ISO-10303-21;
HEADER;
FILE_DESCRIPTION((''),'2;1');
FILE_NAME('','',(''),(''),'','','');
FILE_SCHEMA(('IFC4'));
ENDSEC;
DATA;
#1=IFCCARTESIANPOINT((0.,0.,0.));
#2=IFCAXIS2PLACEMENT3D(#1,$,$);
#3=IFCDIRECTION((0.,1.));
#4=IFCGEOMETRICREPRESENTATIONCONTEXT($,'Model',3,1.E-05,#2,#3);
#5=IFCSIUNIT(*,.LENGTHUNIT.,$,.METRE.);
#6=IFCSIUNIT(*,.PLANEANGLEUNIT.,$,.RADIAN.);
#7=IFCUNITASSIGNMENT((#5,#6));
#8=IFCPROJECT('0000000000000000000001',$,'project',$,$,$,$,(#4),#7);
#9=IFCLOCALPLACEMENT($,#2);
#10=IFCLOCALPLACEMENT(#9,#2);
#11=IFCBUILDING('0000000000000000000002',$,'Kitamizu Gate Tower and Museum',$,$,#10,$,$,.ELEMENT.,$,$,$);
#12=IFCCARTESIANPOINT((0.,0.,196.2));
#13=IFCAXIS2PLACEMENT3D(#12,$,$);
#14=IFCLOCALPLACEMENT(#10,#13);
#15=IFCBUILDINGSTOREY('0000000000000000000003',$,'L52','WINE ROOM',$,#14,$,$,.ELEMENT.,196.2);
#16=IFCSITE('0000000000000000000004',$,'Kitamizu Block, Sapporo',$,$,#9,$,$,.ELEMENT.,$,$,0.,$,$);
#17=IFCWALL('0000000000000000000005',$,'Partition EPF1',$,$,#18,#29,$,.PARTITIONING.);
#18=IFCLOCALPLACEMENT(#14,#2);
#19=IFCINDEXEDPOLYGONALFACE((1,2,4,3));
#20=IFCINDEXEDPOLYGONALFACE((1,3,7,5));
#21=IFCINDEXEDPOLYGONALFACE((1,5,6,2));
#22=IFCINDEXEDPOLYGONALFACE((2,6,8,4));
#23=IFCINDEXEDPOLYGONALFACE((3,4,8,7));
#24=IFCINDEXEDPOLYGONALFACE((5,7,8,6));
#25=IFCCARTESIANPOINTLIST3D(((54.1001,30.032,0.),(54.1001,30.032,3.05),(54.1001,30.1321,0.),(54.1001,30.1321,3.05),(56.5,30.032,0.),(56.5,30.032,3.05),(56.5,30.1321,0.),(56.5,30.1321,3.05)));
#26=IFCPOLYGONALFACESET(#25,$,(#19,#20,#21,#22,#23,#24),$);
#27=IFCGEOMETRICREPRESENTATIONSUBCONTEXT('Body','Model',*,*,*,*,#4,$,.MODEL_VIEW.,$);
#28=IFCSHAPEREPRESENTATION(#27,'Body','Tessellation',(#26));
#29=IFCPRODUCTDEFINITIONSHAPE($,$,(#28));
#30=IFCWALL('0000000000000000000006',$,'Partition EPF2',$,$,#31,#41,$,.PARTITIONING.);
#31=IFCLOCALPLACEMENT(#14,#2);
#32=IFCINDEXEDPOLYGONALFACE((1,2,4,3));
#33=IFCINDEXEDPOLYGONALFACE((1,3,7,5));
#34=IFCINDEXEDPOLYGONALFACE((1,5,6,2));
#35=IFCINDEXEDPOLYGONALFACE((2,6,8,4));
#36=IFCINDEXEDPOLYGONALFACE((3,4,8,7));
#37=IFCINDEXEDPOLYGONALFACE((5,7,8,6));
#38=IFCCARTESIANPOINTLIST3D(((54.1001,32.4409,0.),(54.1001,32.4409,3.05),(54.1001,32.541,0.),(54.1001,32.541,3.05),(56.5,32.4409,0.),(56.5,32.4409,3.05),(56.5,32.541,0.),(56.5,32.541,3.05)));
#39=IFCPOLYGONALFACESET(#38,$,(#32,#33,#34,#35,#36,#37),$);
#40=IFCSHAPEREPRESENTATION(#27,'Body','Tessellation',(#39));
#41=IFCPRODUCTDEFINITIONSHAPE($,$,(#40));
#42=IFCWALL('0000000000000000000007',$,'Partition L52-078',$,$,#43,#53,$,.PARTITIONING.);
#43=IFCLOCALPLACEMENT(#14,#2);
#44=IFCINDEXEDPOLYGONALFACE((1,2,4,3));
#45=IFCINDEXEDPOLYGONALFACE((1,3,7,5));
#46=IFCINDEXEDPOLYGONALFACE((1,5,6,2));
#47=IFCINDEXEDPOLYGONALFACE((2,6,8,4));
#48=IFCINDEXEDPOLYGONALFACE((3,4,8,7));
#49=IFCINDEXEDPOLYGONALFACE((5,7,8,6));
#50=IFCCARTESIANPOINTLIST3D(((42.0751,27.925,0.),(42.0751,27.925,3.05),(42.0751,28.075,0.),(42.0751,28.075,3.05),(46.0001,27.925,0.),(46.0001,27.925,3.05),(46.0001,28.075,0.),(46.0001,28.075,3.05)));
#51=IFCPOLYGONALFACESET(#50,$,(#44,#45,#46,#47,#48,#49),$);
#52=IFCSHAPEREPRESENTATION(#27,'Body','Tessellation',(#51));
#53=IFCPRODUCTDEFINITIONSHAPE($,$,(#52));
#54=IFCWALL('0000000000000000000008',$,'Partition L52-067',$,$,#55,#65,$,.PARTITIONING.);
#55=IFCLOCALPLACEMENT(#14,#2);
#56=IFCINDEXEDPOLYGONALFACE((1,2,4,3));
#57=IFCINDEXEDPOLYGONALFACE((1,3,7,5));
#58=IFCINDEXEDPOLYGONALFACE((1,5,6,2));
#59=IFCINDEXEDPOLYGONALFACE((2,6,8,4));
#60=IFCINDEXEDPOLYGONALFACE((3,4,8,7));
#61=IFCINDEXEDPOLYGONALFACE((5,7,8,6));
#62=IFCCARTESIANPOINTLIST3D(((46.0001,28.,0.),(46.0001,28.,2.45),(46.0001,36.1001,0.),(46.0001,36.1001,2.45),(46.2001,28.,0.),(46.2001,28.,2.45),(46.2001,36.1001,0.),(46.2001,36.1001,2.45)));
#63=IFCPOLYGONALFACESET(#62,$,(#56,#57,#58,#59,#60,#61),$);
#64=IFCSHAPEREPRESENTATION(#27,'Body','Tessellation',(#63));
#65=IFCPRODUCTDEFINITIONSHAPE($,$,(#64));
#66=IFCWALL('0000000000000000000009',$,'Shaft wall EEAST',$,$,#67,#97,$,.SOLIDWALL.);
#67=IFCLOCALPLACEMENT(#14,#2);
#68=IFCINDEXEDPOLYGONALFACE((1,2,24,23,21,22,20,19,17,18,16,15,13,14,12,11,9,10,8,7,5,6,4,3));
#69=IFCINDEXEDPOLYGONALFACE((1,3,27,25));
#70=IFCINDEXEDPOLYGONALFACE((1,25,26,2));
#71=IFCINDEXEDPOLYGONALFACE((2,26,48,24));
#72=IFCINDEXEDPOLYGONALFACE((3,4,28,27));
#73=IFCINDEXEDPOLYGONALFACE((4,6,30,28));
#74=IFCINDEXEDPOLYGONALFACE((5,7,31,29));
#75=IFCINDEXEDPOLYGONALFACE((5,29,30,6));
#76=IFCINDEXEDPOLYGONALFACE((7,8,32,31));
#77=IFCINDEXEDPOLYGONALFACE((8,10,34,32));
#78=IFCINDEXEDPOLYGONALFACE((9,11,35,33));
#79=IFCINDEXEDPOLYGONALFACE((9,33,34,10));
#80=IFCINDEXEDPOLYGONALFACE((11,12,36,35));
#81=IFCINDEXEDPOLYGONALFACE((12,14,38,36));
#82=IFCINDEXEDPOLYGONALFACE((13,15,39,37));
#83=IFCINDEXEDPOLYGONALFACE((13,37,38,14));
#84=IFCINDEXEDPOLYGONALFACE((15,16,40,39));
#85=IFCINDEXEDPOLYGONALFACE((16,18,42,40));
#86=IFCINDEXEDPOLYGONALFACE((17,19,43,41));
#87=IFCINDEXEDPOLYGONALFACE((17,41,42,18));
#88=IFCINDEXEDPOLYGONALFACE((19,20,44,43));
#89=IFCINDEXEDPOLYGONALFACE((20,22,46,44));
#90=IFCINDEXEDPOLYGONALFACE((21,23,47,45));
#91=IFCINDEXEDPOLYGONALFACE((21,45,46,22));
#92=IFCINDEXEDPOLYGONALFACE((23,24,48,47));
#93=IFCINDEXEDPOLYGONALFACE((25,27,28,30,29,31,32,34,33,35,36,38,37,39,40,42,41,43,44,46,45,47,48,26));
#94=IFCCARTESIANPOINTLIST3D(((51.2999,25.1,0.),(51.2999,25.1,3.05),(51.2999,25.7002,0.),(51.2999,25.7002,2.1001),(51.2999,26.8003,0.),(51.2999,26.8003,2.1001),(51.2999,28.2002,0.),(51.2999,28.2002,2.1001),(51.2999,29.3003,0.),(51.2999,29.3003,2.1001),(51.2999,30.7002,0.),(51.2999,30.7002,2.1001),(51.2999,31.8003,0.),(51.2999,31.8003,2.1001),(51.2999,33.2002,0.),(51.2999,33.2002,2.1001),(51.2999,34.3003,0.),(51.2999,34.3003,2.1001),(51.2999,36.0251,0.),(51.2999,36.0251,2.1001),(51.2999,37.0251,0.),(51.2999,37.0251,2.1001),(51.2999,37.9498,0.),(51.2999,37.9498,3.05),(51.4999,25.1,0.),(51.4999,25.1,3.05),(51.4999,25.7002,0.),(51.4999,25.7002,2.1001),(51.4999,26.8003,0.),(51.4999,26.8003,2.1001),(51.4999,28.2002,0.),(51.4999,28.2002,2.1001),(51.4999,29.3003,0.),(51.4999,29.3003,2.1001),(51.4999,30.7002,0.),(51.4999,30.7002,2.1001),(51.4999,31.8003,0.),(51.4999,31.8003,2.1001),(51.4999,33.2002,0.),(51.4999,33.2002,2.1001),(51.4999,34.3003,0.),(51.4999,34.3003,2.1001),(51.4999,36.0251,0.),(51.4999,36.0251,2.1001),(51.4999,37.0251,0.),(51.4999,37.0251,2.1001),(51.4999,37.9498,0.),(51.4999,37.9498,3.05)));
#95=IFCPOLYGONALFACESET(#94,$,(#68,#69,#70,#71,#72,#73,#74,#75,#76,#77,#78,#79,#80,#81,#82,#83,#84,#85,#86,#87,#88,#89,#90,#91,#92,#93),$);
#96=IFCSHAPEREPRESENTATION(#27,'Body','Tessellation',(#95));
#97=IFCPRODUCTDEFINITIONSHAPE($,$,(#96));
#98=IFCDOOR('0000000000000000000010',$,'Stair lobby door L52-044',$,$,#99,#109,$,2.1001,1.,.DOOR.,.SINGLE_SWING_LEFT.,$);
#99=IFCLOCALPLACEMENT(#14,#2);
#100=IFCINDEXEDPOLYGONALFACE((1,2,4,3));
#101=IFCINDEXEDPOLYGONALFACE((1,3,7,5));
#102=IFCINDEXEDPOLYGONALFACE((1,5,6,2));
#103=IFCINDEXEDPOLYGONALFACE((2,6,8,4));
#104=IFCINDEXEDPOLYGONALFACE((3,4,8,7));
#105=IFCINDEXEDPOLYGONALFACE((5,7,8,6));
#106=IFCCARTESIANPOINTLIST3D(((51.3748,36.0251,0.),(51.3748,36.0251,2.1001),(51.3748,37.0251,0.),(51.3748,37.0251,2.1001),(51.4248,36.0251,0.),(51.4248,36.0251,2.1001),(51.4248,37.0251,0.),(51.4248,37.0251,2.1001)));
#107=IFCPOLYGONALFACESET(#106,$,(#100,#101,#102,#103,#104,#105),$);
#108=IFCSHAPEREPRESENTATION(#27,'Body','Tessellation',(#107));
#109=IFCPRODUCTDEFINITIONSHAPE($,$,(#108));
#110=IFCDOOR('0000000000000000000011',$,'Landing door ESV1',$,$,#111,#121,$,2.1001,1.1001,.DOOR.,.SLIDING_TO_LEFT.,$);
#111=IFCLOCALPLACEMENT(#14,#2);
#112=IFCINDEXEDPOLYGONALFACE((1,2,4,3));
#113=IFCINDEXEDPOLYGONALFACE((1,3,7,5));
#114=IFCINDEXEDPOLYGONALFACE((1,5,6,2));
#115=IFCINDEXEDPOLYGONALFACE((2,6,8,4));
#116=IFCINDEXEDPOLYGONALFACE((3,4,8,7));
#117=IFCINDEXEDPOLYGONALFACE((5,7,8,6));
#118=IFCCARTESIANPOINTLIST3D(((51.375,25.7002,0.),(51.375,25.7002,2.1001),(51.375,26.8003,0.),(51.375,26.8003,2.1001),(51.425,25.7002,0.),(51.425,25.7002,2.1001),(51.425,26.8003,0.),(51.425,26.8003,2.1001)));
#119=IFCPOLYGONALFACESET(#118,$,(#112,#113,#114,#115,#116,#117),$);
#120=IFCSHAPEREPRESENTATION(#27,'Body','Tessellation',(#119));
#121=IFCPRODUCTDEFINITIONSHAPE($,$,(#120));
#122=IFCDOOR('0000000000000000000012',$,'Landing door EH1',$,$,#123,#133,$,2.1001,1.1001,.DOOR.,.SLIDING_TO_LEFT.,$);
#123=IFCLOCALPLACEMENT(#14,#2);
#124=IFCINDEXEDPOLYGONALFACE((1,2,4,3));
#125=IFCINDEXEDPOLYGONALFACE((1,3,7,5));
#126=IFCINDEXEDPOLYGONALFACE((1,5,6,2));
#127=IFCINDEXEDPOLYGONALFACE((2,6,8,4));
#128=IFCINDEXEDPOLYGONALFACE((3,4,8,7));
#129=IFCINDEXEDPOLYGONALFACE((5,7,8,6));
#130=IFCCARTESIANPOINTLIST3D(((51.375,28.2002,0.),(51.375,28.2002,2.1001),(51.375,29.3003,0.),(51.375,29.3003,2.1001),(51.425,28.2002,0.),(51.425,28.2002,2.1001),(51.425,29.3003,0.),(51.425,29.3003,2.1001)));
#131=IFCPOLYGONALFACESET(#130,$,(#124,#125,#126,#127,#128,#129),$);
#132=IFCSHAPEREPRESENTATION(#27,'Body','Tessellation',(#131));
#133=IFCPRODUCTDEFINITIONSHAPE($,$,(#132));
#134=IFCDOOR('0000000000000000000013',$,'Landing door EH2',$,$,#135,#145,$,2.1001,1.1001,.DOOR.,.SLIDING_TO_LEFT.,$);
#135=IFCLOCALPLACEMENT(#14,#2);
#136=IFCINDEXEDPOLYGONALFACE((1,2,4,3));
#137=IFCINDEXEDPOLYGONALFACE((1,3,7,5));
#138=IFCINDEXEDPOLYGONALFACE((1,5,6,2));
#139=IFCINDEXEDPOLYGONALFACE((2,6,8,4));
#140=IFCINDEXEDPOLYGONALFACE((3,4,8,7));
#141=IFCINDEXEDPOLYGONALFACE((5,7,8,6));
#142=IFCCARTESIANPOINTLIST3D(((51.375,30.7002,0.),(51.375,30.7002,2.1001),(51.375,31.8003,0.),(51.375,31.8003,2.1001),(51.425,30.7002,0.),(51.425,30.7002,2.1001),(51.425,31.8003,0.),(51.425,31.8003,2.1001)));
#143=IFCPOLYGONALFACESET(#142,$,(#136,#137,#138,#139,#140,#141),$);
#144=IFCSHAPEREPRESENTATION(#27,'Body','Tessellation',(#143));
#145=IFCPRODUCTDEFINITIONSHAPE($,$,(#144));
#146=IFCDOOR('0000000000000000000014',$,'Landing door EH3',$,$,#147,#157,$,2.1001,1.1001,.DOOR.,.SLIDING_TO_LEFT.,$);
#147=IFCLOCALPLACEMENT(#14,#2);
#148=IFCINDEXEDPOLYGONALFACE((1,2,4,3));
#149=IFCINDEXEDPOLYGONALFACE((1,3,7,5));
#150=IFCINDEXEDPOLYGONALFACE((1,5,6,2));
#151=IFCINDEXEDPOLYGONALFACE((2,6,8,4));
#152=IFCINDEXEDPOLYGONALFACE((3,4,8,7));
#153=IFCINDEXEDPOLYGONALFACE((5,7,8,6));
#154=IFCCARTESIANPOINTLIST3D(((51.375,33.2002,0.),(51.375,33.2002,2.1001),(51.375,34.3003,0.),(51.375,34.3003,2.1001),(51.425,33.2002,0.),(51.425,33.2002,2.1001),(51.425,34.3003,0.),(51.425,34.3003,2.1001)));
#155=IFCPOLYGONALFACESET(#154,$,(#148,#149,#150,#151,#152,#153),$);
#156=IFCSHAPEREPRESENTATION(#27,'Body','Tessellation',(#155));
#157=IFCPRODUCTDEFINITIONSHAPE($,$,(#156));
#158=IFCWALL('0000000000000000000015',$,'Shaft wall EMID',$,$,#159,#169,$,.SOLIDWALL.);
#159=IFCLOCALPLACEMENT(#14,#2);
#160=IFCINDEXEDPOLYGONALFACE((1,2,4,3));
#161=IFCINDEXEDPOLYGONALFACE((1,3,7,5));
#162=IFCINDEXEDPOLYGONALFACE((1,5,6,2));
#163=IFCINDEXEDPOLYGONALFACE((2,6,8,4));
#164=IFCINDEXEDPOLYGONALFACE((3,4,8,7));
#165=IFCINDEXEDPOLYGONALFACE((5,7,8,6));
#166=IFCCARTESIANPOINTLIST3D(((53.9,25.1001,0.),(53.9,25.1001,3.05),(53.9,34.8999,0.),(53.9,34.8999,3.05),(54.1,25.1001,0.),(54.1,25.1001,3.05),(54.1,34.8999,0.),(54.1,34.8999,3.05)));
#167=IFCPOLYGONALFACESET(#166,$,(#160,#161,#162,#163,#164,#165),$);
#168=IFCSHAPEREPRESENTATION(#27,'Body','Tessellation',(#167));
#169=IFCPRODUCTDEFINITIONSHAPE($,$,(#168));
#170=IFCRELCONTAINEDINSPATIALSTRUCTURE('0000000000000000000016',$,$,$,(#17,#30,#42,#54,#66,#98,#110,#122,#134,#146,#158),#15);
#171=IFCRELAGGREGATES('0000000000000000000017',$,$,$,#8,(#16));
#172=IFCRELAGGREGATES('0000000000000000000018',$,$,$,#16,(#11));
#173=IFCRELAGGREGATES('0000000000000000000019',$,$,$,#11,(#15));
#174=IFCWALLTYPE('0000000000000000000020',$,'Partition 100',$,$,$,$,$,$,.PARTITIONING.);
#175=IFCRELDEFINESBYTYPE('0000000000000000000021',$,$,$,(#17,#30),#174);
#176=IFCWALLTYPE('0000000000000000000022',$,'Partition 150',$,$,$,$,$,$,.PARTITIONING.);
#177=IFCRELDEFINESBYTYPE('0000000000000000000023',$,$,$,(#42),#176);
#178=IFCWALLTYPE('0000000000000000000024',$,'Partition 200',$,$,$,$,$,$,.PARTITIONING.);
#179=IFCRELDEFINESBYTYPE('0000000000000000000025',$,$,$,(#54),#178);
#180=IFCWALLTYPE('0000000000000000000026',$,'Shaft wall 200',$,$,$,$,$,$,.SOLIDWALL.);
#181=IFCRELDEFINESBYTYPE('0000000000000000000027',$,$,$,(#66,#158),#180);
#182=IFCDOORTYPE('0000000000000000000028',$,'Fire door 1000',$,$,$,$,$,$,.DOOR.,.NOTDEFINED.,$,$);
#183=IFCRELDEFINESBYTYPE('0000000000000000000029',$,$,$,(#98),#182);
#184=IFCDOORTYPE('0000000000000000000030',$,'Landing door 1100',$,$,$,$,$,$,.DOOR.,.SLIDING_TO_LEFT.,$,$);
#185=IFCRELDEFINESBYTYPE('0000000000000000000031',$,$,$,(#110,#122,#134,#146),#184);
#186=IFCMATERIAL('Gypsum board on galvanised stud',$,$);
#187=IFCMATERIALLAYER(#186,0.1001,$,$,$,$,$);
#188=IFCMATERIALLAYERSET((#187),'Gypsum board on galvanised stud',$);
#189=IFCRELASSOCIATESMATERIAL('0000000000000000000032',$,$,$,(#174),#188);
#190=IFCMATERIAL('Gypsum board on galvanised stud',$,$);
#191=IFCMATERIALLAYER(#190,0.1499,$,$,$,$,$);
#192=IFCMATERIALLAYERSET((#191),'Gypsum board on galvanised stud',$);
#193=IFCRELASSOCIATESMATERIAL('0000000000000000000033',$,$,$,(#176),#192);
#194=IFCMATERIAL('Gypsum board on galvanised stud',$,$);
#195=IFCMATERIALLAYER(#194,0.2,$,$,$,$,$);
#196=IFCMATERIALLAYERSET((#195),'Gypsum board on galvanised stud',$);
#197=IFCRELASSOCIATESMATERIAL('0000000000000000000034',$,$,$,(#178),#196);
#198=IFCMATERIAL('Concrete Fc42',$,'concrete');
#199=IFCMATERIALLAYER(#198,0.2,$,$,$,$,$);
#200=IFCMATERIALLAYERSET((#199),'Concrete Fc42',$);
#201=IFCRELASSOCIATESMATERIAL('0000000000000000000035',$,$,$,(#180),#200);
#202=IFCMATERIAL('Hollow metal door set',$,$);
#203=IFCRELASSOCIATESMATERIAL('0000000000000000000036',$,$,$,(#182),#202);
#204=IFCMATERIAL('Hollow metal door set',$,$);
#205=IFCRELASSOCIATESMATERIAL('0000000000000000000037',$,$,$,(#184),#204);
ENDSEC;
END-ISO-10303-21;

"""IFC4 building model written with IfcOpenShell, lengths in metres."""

from ifc_helpers import new_model, si_unit, direction, frame, frame_2d, origin, place, context, subcontext, project, spatial, rectangle, extrude, material, layer, layer_set, type_object, element, fill, save


model = new_model("IFC4")

# Units and contexts
model_context = context("Model", 3, precision=1e-05, world=origin(), true_north=direction((0.0, 1.0)))
body_context = subcontext(model_context, "Body", "Model", "MODEL_VIEW")
ifc_project = project(units=[si_unit("LENGTHUNIT", "METRE"), si_unit("PLANEANGLEUNIT", "RADIAN")], contexts=[model_context])

# Site, building, storey
site_placement = place(None, origin())
site = spatial("IfcSite", under=ifc_project, at=site_placement, Name="Kitamizu Block, Sapporo", CompositionType="ELEMENT", RefElevation=0.0)
building_placement = place(site_placement, origin())
building = spatial("IfcBuilding", under=site, at=building_placement, Name="Kitamizu Gate Tower and Museum", CompositionType="ELEMENT")
storey_placement = place(building_placement, frame((0.0, 0.0, 196.2)))
storey = spatial("IfcBuildingStorey", under=building, at=storey_placement, Name="L52", Description="WINE ROOM", CompositionType="ELEMENT", Elevation=196.2)

# Walls
ifc_material_1 = material(Name="Gypsum board on galvanised stud")
ifc_layer_1 = layer(ifc_material_1, 0.1001)
ifc_layer_set_1 = layer_set([ifc_layer_1], Name="Gypsum board on galvanised stud")
wall_type_1 = type_object("IfcWallType", Name="Partition 100", PredefinedType="PARTITIONING", material=ifc_layer_set_1)
for number, where, z_axis, x_axis, name in (
    (1, (56.5, 30.082, 0.0), (0.0, 0.0, 1.0), (-1.0, 0.0, 0.0), "Partition EPF1"),
    (2, (56.5, 32.491, 0.0), (0.0, 0.0, 1.0), (-1.0, 0.0, 0.0), "Partition EPF2"),
):
    element("IfcWall", number, at=place(storey_placement, frame(where, z_axis=z_axis, x_axis=x_axis)), inside=storey, type_object=wall_type_1, Name=name, PredefinedType="PARTITIONING", context=body_context, shape_type="SweptSolid", body=[
        extrude(rectangle(XDim=2.3999, YDim=0.1001, at=frame_2d((1.2, 0.0))), origin(), (0.0, 0.0, 1.0), 3.05),
    ])
ifc_material_2 = material(Name="Gypsum board on galvanised stud")
ifc_layer_2 = layer(ifc_material_2, 0.1499)
ifc_layer_set_2 = layer_set([ifc_layer_2], Name="Gypsum board on galvanised stud")
wall_type_2 = type_object("IfcWallType", Name="Partition 150", PredefinedType="PARTITIONING", material=ifc_layer_set_2)
wall_1_placement = place(storey_placement, frame((46.0, 28.0, 0.0), z_axis=(0.0, 0.0, 1.0), x_axis=(-1.0, 0.0, 0.0)))
element("IfcWall", 3, at=wall_1_placement, inside=storey, type_object=wall_type_2, Name="Partition L52-078", PredefinedType="PARTITIONING", context=body_context, shape_type="SweptSolid", body=[
    extrude(rectangle(XDim=3.925, YDim=0.1499, at=frame_2d((1.9624, 0.0))), origin(), (0.0, 0.0, 1.0), 3.05),
])
ifc_material_3 = material(Name="Gypsum board on galvanised stud")
ifc_layer_3 = layer(ifc_material_3, 0.2)
ifc_layer_set_3 = layer_set([ifc_layer_3], Name="Gypsum board on galvanised stud")
wall_type_3 = type_object("IfcWallType", Name="Partition 200", PredefinedType="PARTITIONING", material=ifc_layer_set_3)
wall_2_placement = place(storey_placement, frame((46.1001, 28.0, 0.0), z_axis=(0.0, 0.0, 1.0), x_axis=(0.0, 1.0, 0.0)))
element("IfcWall", 4, at=wall_2_placement, inside=storey, type_object=wall_type_3, Name="Partition L52-067", PredefinedType="PARTITIONING", context=body_context, shape_type="SweptSolid", body=[
    extrude(rectangle(XDim=8.1001, YDim=0.2, at=frame_2d((4.05, 0.0))), origin(), (0.0, 0.0, 1.0), 2.45),
])

# Wall, openings, doors
ifc_material_4 = material(Name="Concrete Fc42", Category="concrete")
ifc_layer_4 = layer(ifc_material_4, 0.2)
ifc_layer_set_4 = layer_set([ifc_layer_4], Name="Concrete Fc42")
wall_type_4 = type_object("IfcWallType", Name="Shaft wall 200", PredefinedType="SOLIDWALL", material=ifc_layer_set_4)
wall_3_placement = place(storey_placement, frame((51.3999, 25.1001, 0.0), z_axis=(0.0, 0.0, 1.0), x_axis=(0.0, 1.0, 0.0)))
wall_3 = element("IfcWall", 5, at=wall_3_placement, inside=storey, type_object=wall_type_4, Name="Shaft wall EEAST", PredefinedType="SOLIDWALL", context=body_context, shape_type="SweptSolid", body=[
    extrude(rectangle(XDim=12.8499, YDim=0.2, at=frame_2d((6.4248, 0.0))), origin(), (0.0, 0.0, 1.0), 3.05),
])
opening_1_placement = place(wall_3_placement, frame((0.6001, 0.0, 0.0)))
opening_1 = element("IfcOpeningElement", 6, at=opening_1_placement, cuts=wall_3, PredefinedType="OPENING", context=body_context, shape_type="SweptSolid", body=[
    extrude(rectangle(XDim=1.1001, YDim=2.1001, at=frame_2d((0.55, 1.05))), frame((0.0, 0.1099, 0.0), z_axis=(0.0, -1.0, 0.0), x_axis=(1.0, 0.0, 0.0)), (0.0, 0.0, 1.0), 0.22),
])
opening_2_placement = place(wall_3_placement, frame((3.1001, 0.0, 0.0)))
opening_2 = element("IfcOpeningElement", 7, at=opening_2_placement, cuts=wall_3, PredefinedType="OPENING", context=body_context, shape_type="SweptSolid", body=[
    extrude(rectangle(XDim=1.1001, YDim=2.1001, at=frame_2d((0.55, 1.05))), frame((0.0, 0.1099, 0.0), z_axis=(0.0, -1.0, 0.0), x_axis=(1.0, 0.0, 0.0)), (0.0, 0.0, 1.0), 0.22),
])
opening_3_placement = place(wall_3_placement, frame((5.6001, 0.0, 0.0)))
opening_3 = element("IfcOpeningElement", 8, at=opening_3_placement, cuts=wall_3, PredefinedType="OPENING", context=body_context, shape_type="SweptSolid", body=[
    extrude(rectangle(XDim=1.1001, YDim=2.1001, at=frame_2d((0.55, 1.05))), frame((0.0, 0.1099, 0.0), z_axis=(0.0, -1.0, 0.0), x_axis=(1.0, 0.0, 0.0)), (0.0, 0.0, 1.0), 0.22),
])
opening_4_placement = place(wall_3_placement, frame((8.1001, 0.0, 0.0)))
opening_4 = element("IfcOpeningElement", 9, at=opening_4_placement, cuts=wall_3, PredefinedType="OPENING", context=body_context, shape_type="SweptSolid", body=[
    extrude(rectangle(XDim=1.1001, YDim=2.1001, at=frame_2d((0.55, 1.05))), frame((0.0, 0.1099, 0.0), z_axis=(0.0, -1.0, 0.0), x_axis=(1.0, 0.0, 0.0)), (0.0, 0.0, 1.0), 0.22),
])
opening_5_placement = place(wall_3_placement, frame((10.925, 0.0, 0.0)))
opening_5 = element("IfcOpeningElement", 10, at=opening_5_placement, cuts=wall_3, PredefinedType="OPENING", context=body_context, shape_type="SweptSolid", body=[
    extrude(rectangle(XDim=1.0, YDim=2.1001, at=frame_2d((0.5, 1.05))), frame((0.0, 0.1099, 0.0), z_axis=(0.0, -1.0, 0.0), x_axis=(1.0, 0.0, 0.0)), (0.0, 0.0, 1.0), 0.22),
])
ifc_material_5 = material(Name="Hollow metal door set")
door_type_1 = type_object("IfcDoorType", Name="Fire door 1000", OperationType="NOTDEFINED", PredefinedType="DOOR", material=ifc_material_5)
door_1_placement = place(opening_5_placement, frame((1.0, 0.0, 0.0), x_axis=(-1.0, 0.0, 0.0)))
door_1 = element("IfcDoor", 11, at=door_1_placement, inside=storey, type_object=door_type_1, Name="Stair lobby door L52-044", OperationType="SINGLE_SWING_LEFT", OverallHeight=2.1001, OverallWidth=1.0, PredefinedType="DOOR", context=body_context, shape_type="SweptSolid", body=[
    extrude(rectangle(XDim=1.0, YDim=2.1001, at=frame_2d((0.5, 1.05))), frame((0.0, 0.0249, 0.0), z_axis=(0.0, -1.0, 0.0), x_axis=(1.0, 0.0, 0.0)), (0.0, 0.0, 1.0), 0.05),
])
fill(opening_5, door_1)
ifc_material_6 = material(Name="Hollow metal door set")
door_type_2 = type_object("IfcDoorType", Name="Landing door 1100", OperationType="SLIDING_TO_LEFT", PredefinedType="DOOR", material=ifc_material_6)
door_2_placement = place(opening_1_placement, origin())
door_2 = element("IfcDoor", 12, at=door_2_placement, inside=storey, type_object=door_type_2, Name="Landing door ESV1", OperationType="SLIDING_TO_LEFT", OverallHeight=2.1001, OverallWidth=1.1001, PredefinedType="DOOR", context=body_context, shape_type="SweptSolid", body=[
    extrude(rectangle(XDim=1.1001, YDim=2.1001, at=frame_2d((0.55, 1.05))), frame((0.0, 0.0249, 0.0), z_axis=(0.0, -1.0, 0.0), x_axis=(1.0, 0.0, 0.0)), (0.0, 0.0, 1.0), 0.05),
])
fill(opening_1, door_2)
door_3_placement = place(opening_2_placement, origin())
door_3 = element("IfcDoor", 13, at=door_3_placement, inside=storey, type_object=door_type_2, Name="Landing door EH1", OperationType="SLIDING_TO_LEFT", OverallHeight=2.1001, OverallWidth=1.1001, PredefinedType="DOOR", context=body_context, shape_type="SweptSolid", body=[
    extrude(rectangle(XDim=1.1001, YDim=2.1001, at=frame_2d((0.55, 1.05))), frame((0.0, 0.0249, 0.0), z_axis=(0.0, -1.0, 0.0), x_axis=(1.0, 0.0, 0.0)), (0.0, 0.0, 1.0), 0.05),
])
fill(opening_2, door_3)
door_4_placement = place(opening_3_placement, origin())
door_4 = element("IfcDoor", 14, at=door_4_placement, inside=storey, type_object=door_type_2, Name="Landing door EH2", OperationType="SLIDING_TO_LEFT", OverallHeight=2.1001, OverallWidth=1.1001, PredefinedType="DOOR", context=body_context, shape_type="SweptSolid", body=[
    extrude(rectangle(XDim=1.1001, YDim=2.1001, at=frame_2d((0.55, 1.05))), frame((0.0, 0.0249, 0.0), z_axis=(0.0, -1.0, 0.0), x_axis=(1.0, 0.0, 0.0)), (0.0, 0.0, 1.0), 0.05),
])
fill(opening_3, door_4)
door_5_placement = place(opening_4_placement, origin())
door_5 = element("IfcDoor", 15, at=door_5_placement, inside=storey, type_object=door_type_2, Name="Landing door EH3", OperationType="SLIDING_TO_LEFT", OverallHeight=2.1001, OverallWidth=1.1001, PredefinedType="DOOR", context=body_context, shape_type="SweptSolid", body=[
    extrude(rectangle(XDim=1.1001, YDim=2.1001, at=frame_2d((0.55, 1.05))), frame((0.0, 0.0249, 0.0), z_axis=(0.0, -1.0, 0.0), x_axis=(1.0, 0.0, 0.0)), (0.0, 0.0, 1.0), 0.05),
])
fill(opening_4, door_5)

# Wall
wall_4_placement = place(storey_placement, frame((54.0, 25.1001, 0.0), z_axis=(0.0, 0.0, 1.0), x_axis=(0.0, 1.0, 0.0)))
element("IfcWall", 16, at=wall_4_placement, inside=storey, type_object=wall_type_4, Name="Shaft wall EMID", PredefinedType="SOLIDWALL", context=body_context, shape_type="SweptSolid", body=[
    extrude(rectangle(XDim=9.7998, YDim=0.2, at=frame_2d((4.8999, 0.0))), origin(), (0.0, 0.0, 1.0), 3.05),
])

save(model, "model.ifc")
